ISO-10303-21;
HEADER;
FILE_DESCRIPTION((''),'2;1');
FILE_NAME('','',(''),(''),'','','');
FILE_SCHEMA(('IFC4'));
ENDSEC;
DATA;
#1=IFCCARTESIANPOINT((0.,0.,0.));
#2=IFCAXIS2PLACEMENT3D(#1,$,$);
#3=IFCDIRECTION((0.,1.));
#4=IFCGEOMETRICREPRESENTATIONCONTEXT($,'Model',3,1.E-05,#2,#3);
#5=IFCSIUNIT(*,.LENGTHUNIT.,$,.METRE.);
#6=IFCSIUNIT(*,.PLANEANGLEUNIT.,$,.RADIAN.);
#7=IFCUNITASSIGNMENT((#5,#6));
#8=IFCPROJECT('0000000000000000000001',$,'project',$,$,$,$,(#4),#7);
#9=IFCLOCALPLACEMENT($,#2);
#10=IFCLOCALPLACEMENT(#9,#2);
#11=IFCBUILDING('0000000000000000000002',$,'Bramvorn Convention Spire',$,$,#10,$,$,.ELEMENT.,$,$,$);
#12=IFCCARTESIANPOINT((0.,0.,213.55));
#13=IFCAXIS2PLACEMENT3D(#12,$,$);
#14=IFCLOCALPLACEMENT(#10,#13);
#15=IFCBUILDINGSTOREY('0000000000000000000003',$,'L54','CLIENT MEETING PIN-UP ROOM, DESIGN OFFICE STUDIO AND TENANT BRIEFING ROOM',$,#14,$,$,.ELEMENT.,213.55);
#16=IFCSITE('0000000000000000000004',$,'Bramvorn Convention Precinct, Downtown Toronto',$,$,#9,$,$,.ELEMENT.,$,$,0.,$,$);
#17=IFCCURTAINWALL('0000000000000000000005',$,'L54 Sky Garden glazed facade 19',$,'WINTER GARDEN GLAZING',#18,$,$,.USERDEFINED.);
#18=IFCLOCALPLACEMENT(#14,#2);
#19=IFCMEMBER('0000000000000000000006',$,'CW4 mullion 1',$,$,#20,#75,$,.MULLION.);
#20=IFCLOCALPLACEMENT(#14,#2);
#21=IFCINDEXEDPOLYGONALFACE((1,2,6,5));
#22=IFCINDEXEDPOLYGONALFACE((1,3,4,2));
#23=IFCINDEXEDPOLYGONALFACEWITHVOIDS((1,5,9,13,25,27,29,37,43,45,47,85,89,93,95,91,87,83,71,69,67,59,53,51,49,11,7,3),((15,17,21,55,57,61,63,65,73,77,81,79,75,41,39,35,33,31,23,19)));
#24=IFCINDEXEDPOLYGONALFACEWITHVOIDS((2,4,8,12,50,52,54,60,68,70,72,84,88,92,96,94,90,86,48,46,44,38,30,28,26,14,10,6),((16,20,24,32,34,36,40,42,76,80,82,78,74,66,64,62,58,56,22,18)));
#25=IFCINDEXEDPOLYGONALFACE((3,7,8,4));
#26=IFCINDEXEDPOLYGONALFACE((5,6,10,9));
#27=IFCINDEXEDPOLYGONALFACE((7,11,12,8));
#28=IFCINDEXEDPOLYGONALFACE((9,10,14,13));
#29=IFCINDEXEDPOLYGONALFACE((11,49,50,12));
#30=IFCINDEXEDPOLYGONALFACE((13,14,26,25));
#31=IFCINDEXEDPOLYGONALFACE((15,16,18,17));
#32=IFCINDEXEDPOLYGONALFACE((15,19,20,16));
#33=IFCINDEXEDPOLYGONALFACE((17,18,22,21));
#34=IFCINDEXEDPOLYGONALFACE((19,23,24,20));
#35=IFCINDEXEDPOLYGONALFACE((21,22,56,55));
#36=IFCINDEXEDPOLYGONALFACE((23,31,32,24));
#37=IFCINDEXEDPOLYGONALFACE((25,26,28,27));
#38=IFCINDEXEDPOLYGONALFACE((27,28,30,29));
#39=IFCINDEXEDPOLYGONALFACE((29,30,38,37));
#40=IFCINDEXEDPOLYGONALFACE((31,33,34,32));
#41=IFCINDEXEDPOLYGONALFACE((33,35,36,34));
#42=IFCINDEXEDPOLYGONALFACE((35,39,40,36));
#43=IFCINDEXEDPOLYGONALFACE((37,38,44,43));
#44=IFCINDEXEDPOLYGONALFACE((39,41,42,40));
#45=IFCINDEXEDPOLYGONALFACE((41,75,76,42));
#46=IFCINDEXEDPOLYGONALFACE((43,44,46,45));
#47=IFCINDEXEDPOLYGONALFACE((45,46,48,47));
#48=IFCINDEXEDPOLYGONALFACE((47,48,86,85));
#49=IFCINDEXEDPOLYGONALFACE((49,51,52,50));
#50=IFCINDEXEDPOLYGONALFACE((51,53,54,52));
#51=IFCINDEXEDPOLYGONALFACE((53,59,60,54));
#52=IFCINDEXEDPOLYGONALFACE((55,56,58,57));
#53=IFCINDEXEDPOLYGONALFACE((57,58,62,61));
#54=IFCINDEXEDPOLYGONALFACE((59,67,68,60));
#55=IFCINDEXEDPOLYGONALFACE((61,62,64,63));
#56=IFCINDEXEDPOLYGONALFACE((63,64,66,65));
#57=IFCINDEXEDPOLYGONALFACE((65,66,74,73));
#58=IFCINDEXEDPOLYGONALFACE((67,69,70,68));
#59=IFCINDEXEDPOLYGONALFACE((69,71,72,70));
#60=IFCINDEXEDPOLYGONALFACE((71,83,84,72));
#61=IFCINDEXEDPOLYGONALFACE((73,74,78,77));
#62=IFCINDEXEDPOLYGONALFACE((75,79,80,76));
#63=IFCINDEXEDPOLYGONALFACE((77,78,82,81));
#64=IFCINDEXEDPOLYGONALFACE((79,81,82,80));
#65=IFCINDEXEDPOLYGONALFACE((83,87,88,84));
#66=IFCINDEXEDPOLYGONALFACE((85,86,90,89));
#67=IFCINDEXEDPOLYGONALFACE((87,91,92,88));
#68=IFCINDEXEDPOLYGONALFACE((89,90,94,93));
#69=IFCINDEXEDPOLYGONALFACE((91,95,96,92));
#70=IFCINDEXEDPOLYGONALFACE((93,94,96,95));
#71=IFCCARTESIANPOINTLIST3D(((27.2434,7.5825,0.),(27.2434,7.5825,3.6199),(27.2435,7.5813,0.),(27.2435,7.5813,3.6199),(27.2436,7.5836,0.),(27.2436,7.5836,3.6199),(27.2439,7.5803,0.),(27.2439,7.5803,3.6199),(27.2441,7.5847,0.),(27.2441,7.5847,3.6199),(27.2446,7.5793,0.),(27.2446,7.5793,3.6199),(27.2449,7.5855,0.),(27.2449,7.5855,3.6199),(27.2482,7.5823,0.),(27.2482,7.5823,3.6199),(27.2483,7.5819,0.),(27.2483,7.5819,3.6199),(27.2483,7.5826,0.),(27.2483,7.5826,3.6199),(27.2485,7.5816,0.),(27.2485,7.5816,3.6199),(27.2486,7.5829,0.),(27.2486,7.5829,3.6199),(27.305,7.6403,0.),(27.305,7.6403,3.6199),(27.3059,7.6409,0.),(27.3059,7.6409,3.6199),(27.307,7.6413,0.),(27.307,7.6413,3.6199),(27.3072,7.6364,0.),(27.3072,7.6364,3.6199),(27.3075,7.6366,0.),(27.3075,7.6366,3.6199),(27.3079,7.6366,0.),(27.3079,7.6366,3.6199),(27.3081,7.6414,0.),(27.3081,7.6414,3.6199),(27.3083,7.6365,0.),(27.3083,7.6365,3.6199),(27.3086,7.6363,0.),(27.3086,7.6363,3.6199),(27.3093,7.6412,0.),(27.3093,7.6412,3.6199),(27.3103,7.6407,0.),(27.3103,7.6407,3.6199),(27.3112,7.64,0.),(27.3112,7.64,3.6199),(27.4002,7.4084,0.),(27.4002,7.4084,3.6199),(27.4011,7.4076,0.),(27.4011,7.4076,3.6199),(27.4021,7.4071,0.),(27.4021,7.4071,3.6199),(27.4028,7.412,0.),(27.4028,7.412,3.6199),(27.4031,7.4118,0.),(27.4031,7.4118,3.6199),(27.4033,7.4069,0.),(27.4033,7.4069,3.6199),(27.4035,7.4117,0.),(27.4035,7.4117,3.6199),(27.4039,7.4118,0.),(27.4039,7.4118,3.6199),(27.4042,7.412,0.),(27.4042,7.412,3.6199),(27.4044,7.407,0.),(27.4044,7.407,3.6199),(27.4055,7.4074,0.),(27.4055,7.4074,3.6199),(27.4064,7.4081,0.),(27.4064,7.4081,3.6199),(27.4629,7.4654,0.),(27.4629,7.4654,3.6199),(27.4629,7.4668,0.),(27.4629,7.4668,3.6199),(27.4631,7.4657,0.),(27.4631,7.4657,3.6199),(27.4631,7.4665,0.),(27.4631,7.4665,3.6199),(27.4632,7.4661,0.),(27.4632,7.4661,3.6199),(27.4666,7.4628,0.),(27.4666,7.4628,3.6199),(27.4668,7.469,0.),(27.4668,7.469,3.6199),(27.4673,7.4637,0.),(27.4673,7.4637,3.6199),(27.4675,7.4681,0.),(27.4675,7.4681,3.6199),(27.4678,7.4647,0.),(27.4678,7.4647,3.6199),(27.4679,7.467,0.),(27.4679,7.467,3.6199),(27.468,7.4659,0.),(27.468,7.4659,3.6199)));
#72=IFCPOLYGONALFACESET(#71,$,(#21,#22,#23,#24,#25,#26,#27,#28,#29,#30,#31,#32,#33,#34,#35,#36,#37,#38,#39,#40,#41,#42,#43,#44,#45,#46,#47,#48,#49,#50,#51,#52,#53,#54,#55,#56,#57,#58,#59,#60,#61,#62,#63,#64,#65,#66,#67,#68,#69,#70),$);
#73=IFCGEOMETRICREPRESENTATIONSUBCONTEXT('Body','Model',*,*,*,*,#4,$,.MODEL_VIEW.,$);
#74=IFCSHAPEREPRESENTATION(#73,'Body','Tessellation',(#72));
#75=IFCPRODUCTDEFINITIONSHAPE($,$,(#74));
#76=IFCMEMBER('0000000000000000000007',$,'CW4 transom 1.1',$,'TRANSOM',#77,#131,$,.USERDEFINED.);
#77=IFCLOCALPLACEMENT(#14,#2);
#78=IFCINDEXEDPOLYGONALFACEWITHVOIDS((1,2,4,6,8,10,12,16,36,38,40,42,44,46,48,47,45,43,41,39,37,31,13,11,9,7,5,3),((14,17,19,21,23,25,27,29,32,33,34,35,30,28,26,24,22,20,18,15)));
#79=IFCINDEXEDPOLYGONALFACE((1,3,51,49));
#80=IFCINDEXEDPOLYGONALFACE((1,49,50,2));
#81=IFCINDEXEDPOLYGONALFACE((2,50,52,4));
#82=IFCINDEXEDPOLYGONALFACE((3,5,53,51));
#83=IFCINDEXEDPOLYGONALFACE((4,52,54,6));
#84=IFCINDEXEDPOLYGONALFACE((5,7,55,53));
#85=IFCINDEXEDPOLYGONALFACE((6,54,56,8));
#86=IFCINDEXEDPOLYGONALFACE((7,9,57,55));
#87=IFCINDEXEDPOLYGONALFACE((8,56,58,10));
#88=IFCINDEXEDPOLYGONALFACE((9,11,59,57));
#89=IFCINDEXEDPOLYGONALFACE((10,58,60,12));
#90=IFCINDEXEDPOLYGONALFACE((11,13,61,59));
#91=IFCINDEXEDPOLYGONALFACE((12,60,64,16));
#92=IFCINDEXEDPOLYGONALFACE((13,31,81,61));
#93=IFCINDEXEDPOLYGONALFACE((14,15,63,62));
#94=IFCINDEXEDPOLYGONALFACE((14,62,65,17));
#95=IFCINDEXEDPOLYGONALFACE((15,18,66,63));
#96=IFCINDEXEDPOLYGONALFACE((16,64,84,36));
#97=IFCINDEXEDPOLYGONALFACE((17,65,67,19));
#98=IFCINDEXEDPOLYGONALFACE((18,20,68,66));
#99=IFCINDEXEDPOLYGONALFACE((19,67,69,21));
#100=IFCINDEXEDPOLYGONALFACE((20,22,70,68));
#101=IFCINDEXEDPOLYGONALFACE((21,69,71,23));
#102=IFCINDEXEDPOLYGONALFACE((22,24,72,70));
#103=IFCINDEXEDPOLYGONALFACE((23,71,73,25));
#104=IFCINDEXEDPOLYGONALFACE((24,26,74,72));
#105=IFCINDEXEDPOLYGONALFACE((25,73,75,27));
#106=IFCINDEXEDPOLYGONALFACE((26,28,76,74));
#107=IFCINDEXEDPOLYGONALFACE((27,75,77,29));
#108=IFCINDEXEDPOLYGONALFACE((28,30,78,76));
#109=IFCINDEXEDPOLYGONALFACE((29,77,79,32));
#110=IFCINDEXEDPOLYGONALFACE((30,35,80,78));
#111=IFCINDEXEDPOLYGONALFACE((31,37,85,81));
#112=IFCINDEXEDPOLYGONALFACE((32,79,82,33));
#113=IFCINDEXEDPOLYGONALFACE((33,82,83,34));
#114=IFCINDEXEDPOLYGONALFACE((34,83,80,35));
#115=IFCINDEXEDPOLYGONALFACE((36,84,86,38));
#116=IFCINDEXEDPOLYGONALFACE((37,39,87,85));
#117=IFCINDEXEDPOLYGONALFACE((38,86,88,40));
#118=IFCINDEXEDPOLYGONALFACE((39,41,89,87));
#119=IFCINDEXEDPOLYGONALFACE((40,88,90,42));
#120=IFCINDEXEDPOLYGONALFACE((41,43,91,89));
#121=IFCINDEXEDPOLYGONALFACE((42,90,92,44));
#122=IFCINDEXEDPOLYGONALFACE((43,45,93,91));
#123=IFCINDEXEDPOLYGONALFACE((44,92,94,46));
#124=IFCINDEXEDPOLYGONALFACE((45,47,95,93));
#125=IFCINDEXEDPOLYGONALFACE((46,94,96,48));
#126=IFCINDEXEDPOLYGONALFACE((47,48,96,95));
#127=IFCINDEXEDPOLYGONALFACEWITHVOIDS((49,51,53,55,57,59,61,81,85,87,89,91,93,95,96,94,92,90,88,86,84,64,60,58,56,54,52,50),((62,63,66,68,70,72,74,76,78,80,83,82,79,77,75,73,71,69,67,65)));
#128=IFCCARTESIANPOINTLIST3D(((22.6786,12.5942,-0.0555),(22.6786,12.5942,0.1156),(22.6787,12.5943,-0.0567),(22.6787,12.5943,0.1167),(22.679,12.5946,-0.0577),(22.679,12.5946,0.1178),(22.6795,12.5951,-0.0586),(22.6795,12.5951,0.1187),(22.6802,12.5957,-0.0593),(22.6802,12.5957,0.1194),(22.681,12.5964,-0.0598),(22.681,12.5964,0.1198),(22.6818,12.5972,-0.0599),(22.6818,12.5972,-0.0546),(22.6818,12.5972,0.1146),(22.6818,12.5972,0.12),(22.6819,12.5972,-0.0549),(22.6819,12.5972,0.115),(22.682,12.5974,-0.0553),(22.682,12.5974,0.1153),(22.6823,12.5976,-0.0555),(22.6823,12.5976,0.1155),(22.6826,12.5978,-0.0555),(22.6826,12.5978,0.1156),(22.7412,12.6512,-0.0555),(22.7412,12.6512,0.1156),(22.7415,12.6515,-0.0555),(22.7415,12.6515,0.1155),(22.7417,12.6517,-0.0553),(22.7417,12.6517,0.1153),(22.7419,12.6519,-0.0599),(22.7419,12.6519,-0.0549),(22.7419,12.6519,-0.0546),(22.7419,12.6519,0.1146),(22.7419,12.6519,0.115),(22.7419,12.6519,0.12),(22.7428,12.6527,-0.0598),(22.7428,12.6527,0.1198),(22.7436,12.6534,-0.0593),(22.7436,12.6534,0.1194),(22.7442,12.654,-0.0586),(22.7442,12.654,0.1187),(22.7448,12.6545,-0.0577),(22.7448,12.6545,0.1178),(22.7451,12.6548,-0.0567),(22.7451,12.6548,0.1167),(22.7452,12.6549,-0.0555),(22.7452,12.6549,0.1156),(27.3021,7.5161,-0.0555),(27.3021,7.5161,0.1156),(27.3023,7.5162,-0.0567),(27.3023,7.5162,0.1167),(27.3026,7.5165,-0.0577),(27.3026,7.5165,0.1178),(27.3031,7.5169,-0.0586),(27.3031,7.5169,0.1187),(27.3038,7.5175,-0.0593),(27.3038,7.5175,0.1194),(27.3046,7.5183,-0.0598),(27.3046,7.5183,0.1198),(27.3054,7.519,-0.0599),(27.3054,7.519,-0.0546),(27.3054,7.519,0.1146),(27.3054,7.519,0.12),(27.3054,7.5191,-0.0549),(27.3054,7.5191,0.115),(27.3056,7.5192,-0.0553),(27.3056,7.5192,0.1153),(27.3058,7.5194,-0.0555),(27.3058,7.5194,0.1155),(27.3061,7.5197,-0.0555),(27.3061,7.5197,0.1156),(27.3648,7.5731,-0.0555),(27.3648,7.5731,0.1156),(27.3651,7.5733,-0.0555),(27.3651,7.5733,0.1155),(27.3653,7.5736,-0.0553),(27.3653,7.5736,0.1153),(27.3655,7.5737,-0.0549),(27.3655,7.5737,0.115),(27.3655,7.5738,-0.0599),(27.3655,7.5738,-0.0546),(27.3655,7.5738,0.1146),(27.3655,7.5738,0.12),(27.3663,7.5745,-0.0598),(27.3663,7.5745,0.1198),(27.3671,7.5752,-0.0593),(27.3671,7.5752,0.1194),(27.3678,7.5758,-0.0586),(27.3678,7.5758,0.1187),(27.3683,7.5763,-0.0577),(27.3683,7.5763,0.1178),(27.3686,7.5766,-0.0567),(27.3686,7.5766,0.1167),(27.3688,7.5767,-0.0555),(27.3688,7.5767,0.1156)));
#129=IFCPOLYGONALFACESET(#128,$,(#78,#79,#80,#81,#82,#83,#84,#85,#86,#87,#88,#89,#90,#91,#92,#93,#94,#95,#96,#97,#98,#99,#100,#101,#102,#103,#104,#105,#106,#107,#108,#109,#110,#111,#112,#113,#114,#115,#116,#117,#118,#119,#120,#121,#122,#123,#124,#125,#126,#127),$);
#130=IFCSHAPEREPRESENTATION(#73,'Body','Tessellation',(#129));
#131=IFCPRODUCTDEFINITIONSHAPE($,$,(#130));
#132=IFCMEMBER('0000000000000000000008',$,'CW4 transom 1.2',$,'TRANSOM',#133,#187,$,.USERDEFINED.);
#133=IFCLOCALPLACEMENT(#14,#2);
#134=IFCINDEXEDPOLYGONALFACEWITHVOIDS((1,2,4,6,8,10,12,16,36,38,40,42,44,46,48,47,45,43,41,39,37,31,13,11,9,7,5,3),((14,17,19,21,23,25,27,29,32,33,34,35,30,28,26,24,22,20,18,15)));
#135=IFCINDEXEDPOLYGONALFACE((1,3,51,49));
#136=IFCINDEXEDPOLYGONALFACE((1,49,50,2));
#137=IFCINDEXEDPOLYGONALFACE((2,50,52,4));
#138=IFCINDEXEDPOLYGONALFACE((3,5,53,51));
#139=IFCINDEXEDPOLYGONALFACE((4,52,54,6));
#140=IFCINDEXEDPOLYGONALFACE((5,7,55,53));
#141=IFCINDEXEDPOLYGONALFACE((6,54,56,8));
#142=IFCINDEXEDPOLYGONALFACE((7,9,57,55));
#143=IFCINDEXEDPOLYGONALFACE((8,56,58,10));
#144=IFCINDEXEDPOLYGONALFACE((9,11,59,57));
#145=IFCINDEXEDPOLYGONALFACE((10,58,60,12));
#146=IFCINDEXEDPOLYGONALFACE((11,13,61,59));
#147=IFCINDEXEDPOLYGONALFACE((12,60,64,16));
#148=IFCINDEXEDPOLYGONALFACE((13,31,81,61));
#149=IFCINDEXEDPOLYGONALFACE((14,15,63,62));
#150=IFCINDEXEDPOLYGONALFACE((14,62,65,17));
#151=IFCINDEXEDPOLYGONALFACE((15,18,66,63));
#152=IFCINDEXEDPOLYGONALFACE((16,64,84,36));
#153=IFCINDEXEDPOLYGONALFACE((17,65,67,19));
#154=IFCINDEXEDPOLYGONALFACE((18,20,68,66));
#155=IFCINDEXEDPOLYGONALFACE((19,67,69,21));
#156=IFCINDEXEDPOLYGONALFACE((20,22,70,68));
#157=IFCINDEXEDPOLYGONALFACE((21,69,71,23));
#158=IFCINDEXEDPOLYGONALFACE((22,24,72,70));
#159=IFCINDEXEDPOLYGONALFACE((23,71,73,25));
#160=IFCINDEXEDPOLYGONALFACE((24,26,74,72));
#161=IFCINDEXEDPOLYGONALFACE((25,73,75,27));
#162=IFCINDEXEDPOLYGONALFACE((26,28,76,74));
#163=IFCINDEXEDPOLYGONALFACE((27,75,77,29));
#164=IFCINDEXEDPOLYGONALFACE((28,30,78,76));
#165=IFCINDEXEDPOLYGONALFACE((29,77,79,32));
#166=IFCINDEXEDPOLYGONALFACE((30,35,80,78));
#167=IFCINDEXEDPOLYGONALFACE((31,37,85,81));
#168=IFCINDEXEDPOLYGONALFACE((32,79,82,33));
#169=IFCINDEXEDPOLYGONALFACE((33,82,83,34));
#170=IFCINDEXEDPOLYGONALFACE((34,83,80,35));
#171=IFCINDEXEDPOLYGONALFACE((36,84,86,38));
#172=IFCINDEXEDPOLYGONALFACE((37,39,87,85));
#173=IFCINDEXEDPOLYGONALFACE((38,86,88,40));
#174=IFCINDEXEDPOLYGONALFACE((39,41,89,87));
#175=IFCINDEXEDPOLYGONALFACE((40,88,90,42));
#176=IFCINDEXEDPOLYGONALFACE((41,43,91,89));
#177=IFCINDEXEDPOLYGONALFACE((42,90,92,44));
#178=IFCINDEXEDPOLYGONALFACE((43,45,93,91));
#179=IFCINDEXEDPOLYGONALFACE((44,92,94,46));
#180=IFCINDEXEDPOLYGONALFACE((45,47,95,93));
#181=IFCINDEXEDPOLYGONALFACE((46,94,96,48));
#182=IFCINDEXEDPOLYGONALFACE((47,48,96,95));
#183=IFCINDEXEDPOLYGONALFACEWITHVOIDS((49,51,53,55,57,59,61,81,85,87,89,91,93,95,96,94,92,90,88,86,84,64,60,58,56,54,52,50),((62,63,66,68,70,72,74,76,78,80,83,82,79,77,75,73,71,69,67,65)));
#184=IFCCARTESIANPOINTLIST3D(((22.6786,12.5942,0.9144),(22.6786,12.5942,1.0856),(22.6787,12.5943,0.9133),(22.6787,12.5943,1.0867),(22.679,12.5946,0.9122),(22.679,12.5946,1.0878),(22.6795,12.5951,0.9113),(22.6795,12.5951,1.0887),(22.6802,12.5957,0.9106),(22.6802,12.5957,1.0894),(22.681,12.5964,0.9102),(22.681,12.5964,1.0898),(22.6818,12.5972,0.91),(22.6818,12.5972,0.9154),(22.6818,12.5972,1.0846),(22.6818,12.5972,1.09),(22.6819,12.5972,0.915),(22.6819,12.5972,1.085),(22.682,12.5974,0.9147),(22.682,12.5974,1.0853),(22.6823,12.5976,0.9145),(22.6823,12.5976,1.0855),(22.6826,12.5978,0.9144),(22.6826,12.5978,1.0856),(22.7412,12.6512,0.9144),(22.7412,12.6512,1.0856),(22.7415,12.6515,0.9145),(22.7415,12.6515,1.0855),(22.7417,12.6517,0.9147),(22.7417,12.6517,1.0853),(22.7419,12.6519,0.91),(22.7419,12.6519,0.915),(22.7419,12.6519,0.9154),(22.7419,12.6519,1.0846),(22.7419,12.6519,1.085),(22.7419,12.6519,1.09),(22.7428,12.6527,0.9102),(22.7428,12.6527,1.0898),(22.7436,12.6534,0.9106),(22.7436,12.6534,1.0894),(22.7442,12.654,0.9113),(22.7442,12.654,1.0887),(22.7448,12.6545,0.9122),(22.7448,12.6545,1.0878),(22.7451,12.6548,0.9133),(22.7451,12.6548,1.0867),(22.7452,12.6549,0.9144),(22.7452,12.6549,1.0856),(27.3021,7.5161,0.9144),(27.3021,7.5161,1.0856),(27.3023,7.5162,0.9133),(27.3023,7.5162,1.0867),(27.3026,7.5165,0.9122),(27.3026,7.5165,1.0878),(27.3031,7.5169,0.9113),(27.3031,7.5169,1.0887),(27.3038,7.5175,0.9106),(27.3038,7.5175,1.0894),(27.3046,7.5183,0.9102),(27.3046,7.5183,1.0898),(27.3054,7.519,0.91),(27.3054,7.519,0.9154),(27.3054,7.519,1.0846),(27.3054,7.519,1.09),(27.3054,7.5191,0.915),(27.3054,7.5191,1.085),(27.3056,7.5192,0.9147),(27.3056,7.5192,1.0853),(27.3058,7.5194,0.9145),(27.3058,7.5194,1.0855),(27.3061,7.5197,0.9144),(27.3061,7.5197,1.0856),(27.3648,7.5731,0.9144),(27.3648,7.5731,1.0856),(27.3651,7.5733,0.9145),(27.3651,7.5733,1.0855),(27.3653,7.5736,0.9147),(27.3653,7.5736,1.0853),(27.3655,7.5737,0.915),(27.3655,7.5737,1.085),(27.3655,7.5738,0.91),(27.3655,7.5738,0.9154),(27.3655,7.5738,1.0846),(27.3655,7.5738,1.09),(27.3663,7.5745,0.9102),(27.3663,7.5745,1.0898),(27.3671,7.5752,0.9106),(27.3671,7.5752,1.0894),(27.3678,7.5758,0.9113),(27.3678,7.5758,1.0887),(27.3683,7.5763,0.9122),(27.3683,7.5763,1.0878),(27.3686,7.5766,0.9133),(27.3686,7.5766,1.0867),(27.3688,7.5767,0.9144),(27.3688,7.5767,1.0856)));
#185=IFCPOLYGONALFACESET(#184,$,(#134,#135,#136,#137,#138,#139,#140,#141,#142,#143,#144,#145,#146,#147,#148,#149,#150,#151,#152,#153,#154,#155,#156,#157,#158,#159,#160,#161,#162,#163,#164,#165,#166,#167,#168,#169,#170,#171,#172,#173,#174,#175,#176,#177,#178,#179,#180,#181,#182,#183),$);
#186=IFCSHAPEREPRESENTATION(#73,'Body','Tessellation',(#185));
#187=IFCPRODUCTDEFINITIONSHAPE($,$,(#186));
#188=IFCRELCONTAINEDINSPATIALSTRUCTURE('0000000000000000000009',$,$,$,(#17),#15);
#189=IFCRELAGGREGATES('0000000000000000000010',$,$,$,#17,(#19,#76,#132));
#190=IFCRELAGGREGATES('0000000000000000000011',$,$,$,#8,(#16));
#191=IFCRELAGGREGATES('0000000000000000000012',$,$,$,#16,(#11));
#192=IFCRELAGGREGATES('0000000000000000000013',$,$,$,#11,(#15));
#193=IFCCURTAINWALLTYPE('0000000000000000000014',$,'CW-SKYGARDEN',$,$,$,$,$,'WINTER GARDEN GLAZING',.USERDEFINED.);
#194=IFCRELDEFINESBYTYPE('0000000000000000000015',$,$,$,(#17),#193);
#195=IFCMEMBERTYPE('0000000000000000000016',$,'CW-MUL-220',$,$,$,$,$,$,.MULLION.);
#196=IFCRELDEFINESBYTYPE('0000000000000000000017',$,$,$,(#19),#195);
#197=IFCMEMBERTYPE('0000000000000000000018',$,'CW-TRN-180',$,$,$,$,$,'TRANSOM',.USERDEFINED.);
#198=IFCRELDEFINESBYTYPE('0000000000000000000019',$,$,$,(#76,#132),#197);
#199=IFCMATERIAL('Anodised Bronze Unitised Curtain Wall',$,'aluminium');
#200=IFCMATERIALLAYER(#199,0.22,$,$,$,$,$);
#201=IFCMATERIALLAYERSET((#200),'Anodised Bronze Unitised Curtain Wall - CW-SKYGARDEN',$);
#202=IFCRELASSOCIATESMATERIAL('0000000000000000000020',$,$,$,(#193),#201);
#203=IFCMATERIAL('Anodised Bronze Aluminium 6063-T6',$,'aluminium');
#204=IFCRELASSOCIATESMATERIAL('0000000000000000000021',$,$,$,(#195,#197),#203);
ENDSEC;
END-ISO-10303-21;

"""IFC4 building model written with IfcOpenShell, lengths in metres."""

from ifc_helpers import new_model, si_unit, direction, frame, origin, origin_2d, place, context, subcontext, project, spatial, hollow_rectangle, extrude, material, layer, layer_set, material_profile, profile_set, type_object, element, aggregate, save


model = new_model("IFC4")

# Units and contexts
model_context = context("Model", 3, precision=1e-05, world=origin(), true_north=direction((0.0, 1.0)))
body_context = subcontext(model_context, "Body", "Model", "MODEL_VIEW")
ifc_project = project(units=[si_unit("LENGTHUNIT", "METRE"), si_unit("PLANEANGLEUNIT", "RADIAN")], contexts=[model_context])

# Site, building, storey
site_placement = place(None, origin())
site = spatial("IfcSite", under=ifc_project, at=site_placement, Name="Bramvorn Convention Precinct, Downtown Toronto", CompositionType="ELEMENT", RefElevation=0.0)
building_placement = place(site_placement, origin())
building = spatial("IfcBuilding", under=site, at=building_placement, Name="Bramvorn Convention Spire", CompositionType="ELEMENT")
storey_placement = place(building_placement, frame((0.0, 0.0, 213.55)))
storey = spatial("IfcBuildingStorey", under=building, at=storey_placement, Name="L54", Description="CLIENT MEETING PIN-UP ROOM, DESIGN OFFICE STUDIO AND TENANT BRIEFING ROOM", CompositionType="ELEMENT", Elevation=213.55)

# Shared definitions
ifc_material_1 = material(Name="Anodised Bronze Unitised Curtain Wall", Category="aluminium")
ifc_material_2 = material(Name="Anodised Bronze Aluminium 6063-T6", Category="aluminium")

# Curtain wall, members
ifc_layer_1 = layer(ifc_material_1, 0.22)
ifc_layer_set_1 = layer_set([ifc_layer_1], Name="Anodised Bronze Unitised Curtain Wall - CW-SKYGARDEN")
curtain_wall_type_1 = type_object("IfcCurtainWallType", Name="CW-SKYGARDEN", ElementType="WINTER GARDEN GLAZING", PredefinedType="USERDEFINED", material=ifc_layer_set_1)
curtain_wall_1_placement = place(storey_placement, origin())
curtain_wall_1 = element("IfcCurtainWall", 1, at=curtain_wall_1_placement, inside=storey, type_object=curtain_wall_type_1, Name="L54 Sky Garden glazed facade 19", ObjectType="WINTER GARDEN GLAZING", PredefinedType="USERDEFINED")
ifc_material_profile_1 = material_profile(ifc_material_2, hollow_rectangle(XDim=0.0901, YDim=0.24, WallThickness=0.0044, InnerFilletRadius=0.001, OuterFilletRadius=0.0044, at=origin_2d()))
ifc_profile_set_1 = profile_set([ifc_material_profile_1], Name="Anodised Bronze Aluminium 6063-T6 - CWM90X240")
member_type_1 = type_object("IfcMemberType", Name="CW-MUL-220", PredefinedType="MULLION", material=ifc_profile_set_1)
member_1_placement = place(storey_placement, frame((27.3557, 7.5242, 0.0), z_axis=(0.0, 0.0, 1.0), x_axis=(-0.73942, -0.673245, 0.0)))
member_1 = element("IfcMember", 2, at=member_1_placement, type_object=member_type_1, Name="CW4 mullion 1", PredefinedType="MULLION", context=body_context, shape_type="SweptSolid", body=[
    extrude(hollow_rectangle(XDim=0.0901, YDim=0.24, WallThickness=0.0044, InnerFilletRadius=0.001, OuterFilletRadius=0.0044, at=origin_2d()), origin(), (0.0, 0.0, 1.0), 3.6199),
])
ifc_material_profile_2 = material_profile(ifc_material_2, hollow_rectangle(XDim=0.0901, YDim=0.1799, WallThickness=0.0044, InnerFilletRadius=0.001, OuterFilletRadius=0.0044, at=origin_2d()))
ifc_profile_set_2 = profile_set([ifc_material_profile_2], Name="Anodised Bronze Aluminium 6063-T6 - CWT90X180")
member_type_2 = type_object("IfcMemberType", Name="CW-TRN-180", ElementType="TRANSOM", PredefinedType="USERDEFINED", material=ifc_profile_set_2)
member_2_placement = place(storey_placement, frame((27.3354, 7.5464, 0.03), z_axis=(-0.673235, 0.739428, 0.0), x_axis=(-0.739428, -0.673235, 0.0)))
member_2 = element("IfcMember", 3, at=member_2_placement, type_object=member_type_2, Name="CW4 transom 1.1", ObjectType="TRANSOM", PredefinedType="USERDEFINED", context=body_context, shape_type="SweptSolid", body=[
    extrude(hollow_rectangle(XDim=0.0901, YDim=0.1799, WallThickness=0.0044, InnerFilletRadius=0.001, OuterFilletRadius=0.0044, at=origin_2d()), origin(), (0.0, 0.0, 1.0), 6.8677),
])
member_3_placement = place(storey_placement, frame((27.3354, 7.5464, 1.0), z_axis=(-0.673235, 0.739428, 0.0), x_axis=(-0.739428, -0.673235, 0.0)))
member_3 = element("IfcMember", 4, at=member_3_placement, type_object=member_type_2, Name="CW4 transom 1.2", ObjectType="TRANSOM", PredefinedType="USERDEFINED", context=body_context, shape_type="SweptSolid", body=[
    extrude(hollow_rectangle(XDim=0.0901, YDim=0.1799, WallThickness=0.0044, InnerFilletRadius=0.001, OuterFilletRadius=0.0044, at=origin_2d()), origin(), (0.0, 0.0, 1.0), 6.8677),
])
aggregate(curtain_wall_1, [member_1, member_2, member_3])

save(model, "model.ifc")
